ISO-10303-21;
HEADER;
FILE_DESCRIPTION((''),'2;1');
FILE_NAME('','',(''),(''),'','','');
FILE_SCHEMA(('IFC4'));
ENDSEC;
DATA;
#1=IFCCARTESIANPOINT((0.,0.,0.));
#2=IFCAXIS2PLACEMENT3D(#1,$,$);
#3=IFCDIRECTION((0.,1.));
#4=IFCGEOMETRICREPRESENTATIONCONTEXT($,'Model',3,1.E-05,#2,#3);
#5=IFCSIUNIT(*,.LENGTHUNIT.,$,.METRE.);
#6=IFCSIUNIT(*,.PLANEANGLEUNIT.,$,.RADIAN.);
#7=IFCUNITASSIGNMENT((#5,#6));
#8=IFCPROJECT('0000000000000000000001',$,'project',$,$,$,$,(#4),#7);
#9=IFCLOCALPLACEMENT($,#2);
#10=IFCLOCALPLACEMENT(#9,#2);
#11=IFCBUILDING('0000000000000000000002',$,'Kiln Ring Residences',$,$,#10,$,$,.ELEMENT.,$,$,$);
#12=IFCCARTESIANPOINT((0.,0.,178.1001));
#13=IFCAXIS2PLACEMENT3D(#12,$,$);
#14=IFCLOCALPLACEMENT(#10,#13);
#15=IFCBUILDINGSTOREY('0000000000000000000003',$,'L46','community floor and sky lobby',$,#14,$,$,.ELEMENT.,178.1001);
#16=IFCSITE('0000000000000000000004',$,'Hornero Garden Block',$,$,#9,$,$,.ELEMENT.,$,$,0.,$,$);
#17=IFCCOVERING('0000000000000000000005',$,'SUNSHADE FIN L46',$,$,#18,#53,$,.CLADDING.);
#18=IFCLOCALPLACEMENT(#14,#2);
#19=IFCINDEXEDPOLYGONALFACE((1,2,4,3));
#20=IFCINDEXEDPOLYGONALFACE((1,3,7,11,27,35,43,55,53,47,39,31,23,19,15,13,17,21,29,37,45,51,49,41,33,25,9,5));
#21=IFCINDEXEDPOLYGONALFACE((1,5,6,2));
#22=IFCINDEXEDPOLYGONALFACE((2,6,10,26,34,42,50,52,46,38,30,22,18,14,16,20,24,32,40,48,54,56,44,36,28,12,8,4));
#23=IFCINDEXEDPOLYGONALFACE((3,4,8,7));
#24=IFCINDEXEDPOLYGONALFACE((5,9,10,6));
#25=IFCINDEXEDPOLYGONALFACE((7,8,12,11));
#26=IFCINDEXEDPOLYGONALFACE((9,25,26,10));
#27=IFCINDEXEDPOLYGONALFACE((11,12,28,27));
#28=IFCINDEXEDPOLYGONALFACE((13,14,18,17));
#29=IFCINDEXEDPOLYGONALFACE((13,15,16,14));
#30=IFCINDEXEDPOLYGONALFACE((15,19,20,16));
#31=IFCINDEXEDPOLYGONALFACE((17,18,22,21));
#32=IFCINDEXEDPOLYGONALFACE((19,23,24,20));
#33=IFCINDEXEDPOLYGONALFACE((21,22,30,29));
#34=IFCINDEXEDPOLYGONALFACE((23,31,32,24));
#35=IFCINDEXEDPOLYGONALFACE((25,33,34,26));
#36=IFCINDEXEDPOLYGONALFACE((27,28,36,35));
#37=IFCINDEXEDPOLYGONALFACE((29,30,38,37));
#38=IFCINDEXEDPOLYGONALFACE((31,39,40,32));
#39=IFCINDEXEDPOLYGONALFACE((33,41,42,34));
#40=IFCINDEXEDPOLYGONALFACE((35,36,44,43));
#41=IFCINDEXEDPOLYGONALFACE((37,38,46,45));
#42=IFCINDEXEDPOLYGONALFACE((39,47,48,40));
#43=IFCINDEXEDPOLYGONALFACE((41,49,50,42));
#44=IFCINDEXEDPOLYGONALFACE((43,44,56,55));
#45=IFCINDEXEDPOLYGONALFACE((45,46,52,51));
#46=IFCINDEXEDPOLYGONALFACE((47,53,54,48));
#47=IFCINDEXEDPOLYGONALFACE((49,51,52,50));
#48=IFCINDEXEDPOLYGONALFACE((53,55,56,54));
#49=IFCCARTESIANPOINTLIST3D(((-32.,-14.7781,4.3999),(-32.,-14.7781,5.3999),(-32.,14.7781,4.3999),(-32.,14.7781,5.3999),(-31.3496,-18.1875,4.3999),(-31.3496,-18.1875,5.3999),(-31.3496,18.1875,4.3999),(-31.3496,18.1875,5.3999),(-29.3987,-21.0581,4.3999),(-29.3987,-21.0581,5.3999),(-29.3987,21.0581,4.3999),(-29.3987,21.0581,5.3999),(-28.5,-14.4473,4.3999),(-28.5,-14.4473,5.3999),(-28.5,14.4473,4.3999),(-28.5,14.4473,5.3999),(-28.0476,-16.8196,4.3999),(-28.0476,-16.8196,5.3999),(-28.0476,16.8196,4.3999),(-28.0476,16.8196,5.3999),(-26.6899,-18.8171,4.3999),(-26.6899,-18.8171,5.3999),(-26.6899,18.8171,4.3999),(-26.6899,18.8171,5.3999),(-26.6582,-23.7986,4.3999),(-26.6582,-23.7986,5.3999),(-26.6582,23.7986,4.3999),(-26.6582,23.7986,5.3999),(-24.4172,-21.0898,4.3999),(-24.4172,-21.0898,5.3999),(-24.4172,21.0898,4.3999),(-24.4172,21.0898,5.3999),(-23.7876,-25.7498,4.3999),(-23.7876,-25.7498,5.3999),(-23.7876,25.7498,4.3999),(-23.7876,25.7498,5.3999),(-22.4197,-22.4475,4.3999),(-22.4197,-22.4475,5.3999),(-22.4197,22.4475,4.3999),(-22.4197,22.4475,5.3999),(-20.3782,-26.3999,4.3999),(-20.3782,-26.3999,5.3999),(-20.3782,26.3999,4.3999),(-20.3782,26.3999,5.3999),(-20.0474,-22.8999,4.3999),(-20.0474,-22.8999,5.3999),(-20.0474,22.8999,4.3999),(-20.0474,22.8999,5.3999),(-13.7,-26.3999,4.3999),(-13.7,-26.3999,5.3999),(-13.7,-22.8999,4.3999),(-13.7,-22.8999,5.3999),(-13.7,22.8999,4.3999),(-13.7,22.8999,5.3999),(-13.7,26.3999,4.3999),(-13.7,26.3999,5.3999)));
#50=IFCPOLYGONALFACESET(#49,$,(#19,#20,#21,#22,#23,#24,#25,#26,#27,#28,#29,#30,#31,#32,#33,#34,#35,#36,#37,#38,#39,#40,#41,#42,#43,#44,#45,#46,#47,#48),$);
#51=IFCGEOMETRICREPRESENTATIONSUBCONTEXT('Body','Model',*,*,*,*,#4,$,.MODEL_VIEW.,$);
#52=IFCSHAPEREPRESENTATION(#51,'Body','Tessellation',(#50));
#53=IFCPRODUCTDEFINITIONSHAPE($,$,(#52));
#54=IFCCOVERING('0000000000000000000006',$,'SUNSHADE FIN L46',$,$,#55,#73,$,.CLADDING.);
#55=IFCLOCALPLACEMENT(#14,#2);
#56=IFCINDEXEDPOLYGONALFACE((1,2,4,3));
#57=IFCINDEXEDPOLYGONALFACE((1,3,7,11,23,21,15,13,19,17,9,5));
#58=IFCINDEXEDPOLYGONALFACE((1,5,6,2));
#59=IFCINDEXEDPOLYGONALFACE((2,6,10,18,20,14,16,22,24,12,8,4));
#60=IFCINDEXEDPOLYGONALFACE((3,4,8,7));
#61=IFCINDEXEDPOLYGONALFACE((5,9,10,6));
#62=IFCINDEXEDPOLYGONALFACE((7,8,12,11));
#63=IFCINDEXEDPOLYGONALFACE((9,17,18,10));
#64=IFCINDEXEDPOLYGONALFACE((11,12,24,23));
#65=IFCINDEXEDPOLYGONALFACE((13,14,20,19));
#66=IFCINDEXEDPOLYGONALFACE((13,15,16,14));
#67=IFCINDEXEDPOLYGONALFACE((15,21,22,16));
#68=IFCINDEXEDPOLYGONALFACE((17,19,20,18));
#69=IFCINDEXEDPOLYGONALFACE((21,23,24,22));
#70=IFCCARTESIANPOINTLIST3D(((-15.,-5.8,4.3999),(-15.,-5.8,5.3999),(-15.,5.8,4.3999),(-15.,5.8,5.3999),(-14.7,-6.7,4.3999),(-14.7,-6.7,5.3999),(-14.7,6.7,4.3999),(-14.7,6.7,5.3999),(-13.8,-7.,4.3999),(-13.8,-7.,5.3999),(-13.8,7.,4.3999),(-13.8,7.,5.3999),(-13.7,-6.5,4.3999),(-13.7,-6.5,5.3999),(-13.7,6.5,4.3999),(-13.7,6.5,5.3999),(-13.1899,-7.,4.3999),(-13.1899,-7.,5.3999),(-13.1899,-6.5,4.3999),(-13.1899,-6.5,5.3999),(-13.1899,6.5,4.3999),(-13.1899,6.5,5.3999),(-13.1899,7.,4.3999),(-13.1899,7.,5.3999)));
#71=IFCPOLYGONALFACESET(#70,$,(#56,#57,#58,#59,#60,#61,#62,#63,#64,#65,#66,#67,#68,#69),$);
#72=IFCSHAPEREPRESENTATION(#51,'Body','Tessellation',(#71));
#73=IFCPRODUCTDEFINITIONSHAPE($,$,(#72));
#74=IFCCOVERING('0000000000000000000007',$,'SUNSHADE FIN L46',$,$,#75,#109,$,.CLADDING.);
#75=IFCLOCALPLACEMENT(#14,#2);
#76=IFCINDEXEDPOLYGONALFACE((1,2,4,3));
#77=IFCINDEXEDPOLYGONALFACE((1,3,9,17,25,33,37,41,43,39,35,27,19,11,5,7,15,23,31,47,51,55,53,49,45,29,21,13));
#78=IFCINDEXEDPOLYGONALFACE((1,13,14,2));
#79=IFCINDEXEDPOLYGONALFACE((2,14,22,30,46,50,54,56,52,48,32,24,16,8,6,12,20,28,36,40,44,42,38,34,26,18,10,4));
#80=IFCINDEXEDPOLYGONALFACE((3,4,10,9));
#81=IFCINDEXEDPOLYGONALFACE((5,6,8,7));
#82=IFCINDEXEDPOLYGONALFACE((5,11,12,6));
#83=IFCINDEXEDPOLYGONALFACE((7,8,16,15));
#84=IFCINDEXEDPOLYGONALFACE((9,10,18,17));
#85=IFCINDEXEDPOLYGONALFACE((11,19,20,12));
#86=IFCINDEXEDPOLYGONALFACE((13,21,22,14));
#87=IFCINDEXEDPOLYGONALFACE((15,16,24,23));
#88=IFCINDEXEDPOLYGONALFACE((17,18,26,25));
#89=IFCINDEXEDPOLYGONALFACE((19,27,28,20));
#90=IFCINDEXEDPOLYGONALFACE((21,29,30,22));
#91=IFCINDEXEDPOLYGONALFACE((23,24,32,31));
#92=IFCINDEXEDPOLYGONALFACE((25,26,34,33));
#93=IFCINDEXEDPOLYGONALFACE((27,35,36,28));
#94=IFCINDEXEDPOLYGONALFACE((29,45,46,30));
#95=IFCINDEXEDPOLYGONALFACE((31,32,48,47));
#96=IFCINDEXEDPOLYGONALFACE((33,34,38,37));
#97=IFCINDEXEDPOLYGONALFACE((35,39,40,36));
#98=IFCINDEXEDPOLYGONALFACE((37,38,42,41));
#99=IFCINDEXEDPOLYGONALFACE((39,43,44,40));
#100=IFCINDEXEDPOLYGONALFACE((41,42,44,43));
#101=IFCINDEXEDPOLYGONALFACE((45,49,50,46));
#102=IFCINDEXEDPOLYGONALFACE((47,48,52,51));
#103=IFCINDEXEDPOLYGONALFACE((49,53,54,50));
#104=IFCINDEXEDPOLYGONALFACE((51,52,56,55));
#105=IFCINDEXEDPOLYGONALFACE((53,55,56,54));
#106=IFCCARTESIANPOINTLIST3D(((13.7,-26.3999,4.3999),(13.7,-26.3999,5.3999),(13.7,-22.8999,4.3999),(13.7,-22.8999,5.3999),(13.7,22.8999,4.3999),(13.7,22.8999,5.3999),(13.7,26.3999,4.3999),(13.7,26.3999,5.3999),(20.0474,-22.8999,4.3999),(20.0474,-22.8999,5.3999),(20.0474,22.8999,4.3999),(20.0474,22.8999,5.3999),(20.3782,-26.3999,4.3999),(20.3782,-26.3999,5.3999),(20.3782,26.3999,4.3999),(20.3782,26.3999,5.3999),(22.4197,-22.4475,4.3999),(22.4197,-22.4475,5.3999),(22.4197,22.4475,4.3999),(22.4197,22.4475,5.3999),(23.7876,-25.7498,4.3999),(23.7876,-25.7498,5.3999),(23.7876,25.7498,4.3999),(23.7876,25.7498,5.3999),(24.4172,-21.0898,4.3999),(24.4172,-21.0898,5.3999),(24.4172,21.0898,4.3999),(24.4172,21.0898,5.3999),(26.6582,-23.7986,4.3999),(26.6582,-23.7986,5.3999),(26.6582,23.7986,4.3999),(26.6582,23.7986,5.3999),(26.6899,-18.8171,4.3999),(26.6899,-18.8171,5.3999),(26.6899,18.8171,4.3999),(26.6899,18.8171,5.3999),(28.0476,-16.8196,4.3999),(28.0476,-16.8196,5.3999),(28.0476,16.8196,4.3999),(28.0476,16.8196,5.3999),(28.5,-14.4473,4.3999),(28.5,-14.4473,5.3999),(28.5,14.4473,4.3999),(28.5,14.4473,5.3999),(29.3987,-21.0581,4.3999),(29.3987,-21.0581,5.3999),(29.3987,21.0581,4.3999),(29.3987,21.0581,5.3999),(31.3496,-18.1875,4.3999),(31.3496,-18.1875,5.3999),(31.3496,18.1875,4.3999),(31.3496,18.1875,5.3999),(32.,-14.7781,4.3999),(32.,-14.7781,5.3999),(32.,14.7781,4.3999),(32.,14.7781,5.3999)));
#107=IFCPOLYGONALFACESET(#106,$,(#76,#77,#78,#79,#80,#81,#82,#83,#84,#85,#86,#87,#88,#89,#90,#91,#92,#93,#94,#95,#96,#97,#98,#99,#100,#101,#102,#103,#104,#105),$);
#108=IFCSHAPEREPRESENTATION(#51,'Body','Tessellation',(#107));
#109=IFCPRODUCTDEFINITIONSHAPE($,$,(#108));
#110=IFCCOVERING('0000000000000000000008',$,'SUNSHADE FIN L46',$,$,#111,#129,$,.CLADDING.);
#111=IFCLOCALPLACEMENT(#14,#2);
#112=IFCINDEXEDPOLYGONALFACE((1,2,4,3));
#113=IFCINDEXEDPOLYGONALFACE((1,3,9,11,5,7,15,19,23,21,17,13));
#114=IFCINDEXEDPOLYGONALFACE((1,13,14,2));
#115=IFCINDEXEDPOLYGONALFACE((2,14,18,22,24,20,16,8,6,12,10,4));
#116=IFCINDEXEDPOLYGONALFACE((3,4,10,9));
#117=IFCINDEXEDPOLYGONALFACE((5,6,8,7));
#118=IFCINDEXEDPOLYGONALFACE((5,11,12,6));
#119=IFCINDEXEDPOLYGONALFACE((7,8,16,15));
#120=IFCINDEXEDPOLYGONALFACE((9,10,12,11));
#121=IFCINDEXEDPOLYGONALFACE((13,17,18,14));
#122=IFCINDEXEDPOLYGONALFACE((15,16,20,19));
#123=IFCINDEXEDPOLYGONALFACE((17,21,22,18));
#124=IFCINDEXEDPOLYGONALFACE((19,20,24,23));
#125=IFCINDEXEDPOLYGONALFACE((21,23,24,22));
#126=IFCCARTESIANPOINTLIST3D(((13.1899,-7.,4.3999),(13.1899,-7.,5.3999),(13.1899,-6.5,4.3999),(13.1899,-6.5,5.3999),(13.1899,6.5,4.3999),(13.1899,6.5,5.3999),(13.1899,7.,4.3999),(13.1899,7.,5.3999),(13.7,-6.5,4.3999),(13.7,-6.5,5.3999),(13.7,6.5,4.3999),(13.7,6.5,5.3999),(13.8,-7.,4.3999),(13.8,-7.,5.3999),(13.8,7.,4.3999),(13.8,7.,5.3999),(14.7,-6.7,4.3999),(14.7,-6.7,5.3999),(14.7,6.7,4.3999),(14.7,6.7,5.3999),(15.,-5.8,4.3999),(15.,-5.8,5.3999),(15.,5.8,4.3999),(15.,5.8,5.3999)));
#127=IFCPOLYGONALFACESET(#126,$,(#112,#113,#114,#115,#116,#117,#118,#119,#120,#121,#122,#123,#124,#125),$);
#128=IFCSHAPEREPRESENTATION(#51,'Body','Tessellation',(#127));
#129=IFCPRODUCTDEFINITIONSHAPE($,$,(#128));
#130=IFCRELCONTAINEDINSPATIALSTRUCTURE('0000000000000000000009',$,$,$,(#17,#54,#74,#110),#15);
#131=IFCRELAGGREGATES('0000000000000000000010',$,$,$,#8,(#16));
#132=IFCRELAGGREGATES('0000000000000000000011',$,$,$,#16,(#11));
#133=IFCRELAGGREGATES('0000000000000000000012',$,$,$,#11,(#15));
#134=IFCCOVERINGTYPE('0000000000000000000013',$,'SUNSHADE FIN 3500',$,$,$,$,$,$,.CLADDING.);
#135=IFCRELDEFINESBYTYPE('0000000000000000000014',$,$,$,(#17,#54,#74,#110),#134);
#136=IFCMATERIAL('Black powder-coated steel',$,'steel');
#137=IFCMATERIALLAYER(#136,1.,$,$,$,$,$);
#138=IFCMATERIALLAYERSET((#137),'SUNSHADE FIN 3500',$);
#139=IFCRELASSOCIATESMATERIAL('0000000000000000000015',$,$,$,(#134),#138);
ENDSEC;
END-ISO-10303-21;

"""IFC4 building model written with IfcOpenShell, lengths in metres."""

from ifc_helpers import new_model, si_unit, direction, frame, origin, place, context, subcontext, project, spatial, polyline, outline, extrude, material, layer, layer_set, type_object, element, save


model = new_model("IFC4")

# Units and contexts
model_context = context("Model", 3, precision=1e-05, world=origin(), true_north=direction((0.0, 1.0)))
body_context = subcontext(model_context, "Body", "Model", "MODEL_VIEW")
ifc_project = project(units=[si_unit("LENGTHUNIT", "METRE"), si_unit("PLANEANGLEUNIT", "RADIAN")], contexts=[model_context])

# Site, building, storey
site_placement = place(None, origin())
site = spatial("IfcSite", under=ifc_project, at=site_placement, Name="Hornero Garden Block", CompositionType="ELEMENT", RefElevation=0.0)
building_placement = place(site_placement, origin())
building = spatial("IfcBuilding", under=site, at=building_placement, Name="Kiln Ring Residences", CompositionType="ELEMENT")
storey_placement = place(building_placement, frame((0.0, 0.0, 178.1001)))
storey = spatial("IfcBuildingStorey", under=building, at=storey_placement, Name="L46", Description="community floor and sky lobby", CompositionType="ELEMENT", Elevation=178.1001)

# Coverings
ifc_material_1 = material(Name="Black powder-coated steel", Category="steel")
ifc_layer_1 = layer(ifc_material_1, 1.0)
ifc_layer_set_1 = layer_set([ifc_layer_1], Name="SUNSHADE FIN 3500")
covering_type = type_object("IfcCoveringType", Name="SUNSHADE FIN 3500", PredefinedType="CLADDING", material=ifc_layer_set_1)
placement_1 = place(storey_placement, frame((0.0, 0.0, 4.3999)))
element("IfcCovering", 1, at=placement_1, inside=storey, type_object=covering_type, Name="SUNSHADE FIN L46", PredefinedType="CLADDING", context=body_context, shape_type="SweptSolid", body=[
    extrude(outline(polyline([(-31.3496, 18.1875), (-32.0, 14.7781), (-32.0, -14.7781), (-31.3496, -18.1875), (-29.3987, -21.0581), (-26.6582, -23.7986), (-23.7876, -25.7498), (-20.3782, -26.3999), (-13.7, -26.3999), (-13.7, -22.8999), (-20.0474, -22.8999), (-22.4197, -22.4475), (-24.4172, -21.0898), (-26.6899, -18.8171), (-28.0476, -16.8196), (-28.5, -14.4473), (-28.5, 14.4473), (-28.0476, 16.8196), (-26.6899, 18.8171), (-24.4172, 21.0898), (-22.4197, 22.4475), (-20.0474, 22.8999), (-13.7, 22.8999), (-13.7, 26.3999), (-20.3782, 26.3999), (-23.7876, 25.7498), (-26.6582, 23.7986), (-29.3987, 21.0581), (-31.3496, 18.1875)])), origin(), (0.0, 0.0, 1.0), 1.0),
])
element("IfcCovering", 2, at=placement_1, inside=storey, type_object=covering_type, Name="SUNSHADE FIN L46", PredefinedType="CLADDING", context=body_context, shape_type="SweptSolid", body=[
    extrude(outline(polyline([(-13.7, -6.5), (-13.7, 6.5), (-13.1899, 6.5), (-13.1899, 7.0), (-13.8, 7.0), (-14.7, 6.7), (-15.0, 5.8), (-15.0, -5.8), (-14.7, -6.7), (-13.8, -7.0), (-13.1899, -7.0), (-13.1899, -6.5), (-13.7, -6.5)])), origin(), (0.0, 0.0, 1.0), 1.0),
])
element("IfcCovering", 3, at=placement_1, inside=storey, type_object=covering_type, Name="SUNSHADE FIN L46", PredefinedType="CLADDING", context=body_context, shape_type="SweptSolid", body=[
    extrude(outline(polyline([(20.3782, 26.3999), (13.7, 26.3999), (13.7, 22.8999), (20.0474, 22.8999), (22.4197, 22.4475), (24.4172, 21.0898), (26.6899, 18.8171), (28.0476, 16.8196), (28.5, 14.4473), (28.5, -14.4473), (28.0476, -16.8196), (26.6899, -18.8171), (24.4172, -21.0898), (22.4197, -22.4475), (20.0474, -22.8999), (13.7, -22.8999), (13.7, -26.3999), (20.3782, -26.3999), (23.7876, -25.7498), (26.6582, -23.7986), (29.3987, -21.0581), (31.3496, -18.1875), (32.0, -14.7781), (32.0, 14.7781), (31.3496, 18.1875), (29.3987, 21.0581), (26.6582, 23.7986), (23.7876, 25.7498), (20.3782, 26.3999)])), origin(), (0.0, 0.0, 1.0), 1.0),
])
element("IfcCovering", 4, at=placement_1, inside=storey, type_object=covering_type, Name="SUNSHADE FIN L46", PredefinedType="CLADDING", context=body_context, shape_type="SweptSolid", body=[
    extrude(outline(polyline([(13.1899, 6.5), (13.7, 6.5), (13.7, -6.5), (13.1899, -6.5), (13.1899, -7.0), (13.8, -7.0), (14.7, -6.7), (15.0, -5.8), (15.0, 5.8), (14.7, 6.7), (13.8, 7.0), (13.1899, 7.0), (13.1899, 6.5)])), origin(), (0.0, 0.0, 1.0), 1.0),
])

save(model, "model.ifc")
